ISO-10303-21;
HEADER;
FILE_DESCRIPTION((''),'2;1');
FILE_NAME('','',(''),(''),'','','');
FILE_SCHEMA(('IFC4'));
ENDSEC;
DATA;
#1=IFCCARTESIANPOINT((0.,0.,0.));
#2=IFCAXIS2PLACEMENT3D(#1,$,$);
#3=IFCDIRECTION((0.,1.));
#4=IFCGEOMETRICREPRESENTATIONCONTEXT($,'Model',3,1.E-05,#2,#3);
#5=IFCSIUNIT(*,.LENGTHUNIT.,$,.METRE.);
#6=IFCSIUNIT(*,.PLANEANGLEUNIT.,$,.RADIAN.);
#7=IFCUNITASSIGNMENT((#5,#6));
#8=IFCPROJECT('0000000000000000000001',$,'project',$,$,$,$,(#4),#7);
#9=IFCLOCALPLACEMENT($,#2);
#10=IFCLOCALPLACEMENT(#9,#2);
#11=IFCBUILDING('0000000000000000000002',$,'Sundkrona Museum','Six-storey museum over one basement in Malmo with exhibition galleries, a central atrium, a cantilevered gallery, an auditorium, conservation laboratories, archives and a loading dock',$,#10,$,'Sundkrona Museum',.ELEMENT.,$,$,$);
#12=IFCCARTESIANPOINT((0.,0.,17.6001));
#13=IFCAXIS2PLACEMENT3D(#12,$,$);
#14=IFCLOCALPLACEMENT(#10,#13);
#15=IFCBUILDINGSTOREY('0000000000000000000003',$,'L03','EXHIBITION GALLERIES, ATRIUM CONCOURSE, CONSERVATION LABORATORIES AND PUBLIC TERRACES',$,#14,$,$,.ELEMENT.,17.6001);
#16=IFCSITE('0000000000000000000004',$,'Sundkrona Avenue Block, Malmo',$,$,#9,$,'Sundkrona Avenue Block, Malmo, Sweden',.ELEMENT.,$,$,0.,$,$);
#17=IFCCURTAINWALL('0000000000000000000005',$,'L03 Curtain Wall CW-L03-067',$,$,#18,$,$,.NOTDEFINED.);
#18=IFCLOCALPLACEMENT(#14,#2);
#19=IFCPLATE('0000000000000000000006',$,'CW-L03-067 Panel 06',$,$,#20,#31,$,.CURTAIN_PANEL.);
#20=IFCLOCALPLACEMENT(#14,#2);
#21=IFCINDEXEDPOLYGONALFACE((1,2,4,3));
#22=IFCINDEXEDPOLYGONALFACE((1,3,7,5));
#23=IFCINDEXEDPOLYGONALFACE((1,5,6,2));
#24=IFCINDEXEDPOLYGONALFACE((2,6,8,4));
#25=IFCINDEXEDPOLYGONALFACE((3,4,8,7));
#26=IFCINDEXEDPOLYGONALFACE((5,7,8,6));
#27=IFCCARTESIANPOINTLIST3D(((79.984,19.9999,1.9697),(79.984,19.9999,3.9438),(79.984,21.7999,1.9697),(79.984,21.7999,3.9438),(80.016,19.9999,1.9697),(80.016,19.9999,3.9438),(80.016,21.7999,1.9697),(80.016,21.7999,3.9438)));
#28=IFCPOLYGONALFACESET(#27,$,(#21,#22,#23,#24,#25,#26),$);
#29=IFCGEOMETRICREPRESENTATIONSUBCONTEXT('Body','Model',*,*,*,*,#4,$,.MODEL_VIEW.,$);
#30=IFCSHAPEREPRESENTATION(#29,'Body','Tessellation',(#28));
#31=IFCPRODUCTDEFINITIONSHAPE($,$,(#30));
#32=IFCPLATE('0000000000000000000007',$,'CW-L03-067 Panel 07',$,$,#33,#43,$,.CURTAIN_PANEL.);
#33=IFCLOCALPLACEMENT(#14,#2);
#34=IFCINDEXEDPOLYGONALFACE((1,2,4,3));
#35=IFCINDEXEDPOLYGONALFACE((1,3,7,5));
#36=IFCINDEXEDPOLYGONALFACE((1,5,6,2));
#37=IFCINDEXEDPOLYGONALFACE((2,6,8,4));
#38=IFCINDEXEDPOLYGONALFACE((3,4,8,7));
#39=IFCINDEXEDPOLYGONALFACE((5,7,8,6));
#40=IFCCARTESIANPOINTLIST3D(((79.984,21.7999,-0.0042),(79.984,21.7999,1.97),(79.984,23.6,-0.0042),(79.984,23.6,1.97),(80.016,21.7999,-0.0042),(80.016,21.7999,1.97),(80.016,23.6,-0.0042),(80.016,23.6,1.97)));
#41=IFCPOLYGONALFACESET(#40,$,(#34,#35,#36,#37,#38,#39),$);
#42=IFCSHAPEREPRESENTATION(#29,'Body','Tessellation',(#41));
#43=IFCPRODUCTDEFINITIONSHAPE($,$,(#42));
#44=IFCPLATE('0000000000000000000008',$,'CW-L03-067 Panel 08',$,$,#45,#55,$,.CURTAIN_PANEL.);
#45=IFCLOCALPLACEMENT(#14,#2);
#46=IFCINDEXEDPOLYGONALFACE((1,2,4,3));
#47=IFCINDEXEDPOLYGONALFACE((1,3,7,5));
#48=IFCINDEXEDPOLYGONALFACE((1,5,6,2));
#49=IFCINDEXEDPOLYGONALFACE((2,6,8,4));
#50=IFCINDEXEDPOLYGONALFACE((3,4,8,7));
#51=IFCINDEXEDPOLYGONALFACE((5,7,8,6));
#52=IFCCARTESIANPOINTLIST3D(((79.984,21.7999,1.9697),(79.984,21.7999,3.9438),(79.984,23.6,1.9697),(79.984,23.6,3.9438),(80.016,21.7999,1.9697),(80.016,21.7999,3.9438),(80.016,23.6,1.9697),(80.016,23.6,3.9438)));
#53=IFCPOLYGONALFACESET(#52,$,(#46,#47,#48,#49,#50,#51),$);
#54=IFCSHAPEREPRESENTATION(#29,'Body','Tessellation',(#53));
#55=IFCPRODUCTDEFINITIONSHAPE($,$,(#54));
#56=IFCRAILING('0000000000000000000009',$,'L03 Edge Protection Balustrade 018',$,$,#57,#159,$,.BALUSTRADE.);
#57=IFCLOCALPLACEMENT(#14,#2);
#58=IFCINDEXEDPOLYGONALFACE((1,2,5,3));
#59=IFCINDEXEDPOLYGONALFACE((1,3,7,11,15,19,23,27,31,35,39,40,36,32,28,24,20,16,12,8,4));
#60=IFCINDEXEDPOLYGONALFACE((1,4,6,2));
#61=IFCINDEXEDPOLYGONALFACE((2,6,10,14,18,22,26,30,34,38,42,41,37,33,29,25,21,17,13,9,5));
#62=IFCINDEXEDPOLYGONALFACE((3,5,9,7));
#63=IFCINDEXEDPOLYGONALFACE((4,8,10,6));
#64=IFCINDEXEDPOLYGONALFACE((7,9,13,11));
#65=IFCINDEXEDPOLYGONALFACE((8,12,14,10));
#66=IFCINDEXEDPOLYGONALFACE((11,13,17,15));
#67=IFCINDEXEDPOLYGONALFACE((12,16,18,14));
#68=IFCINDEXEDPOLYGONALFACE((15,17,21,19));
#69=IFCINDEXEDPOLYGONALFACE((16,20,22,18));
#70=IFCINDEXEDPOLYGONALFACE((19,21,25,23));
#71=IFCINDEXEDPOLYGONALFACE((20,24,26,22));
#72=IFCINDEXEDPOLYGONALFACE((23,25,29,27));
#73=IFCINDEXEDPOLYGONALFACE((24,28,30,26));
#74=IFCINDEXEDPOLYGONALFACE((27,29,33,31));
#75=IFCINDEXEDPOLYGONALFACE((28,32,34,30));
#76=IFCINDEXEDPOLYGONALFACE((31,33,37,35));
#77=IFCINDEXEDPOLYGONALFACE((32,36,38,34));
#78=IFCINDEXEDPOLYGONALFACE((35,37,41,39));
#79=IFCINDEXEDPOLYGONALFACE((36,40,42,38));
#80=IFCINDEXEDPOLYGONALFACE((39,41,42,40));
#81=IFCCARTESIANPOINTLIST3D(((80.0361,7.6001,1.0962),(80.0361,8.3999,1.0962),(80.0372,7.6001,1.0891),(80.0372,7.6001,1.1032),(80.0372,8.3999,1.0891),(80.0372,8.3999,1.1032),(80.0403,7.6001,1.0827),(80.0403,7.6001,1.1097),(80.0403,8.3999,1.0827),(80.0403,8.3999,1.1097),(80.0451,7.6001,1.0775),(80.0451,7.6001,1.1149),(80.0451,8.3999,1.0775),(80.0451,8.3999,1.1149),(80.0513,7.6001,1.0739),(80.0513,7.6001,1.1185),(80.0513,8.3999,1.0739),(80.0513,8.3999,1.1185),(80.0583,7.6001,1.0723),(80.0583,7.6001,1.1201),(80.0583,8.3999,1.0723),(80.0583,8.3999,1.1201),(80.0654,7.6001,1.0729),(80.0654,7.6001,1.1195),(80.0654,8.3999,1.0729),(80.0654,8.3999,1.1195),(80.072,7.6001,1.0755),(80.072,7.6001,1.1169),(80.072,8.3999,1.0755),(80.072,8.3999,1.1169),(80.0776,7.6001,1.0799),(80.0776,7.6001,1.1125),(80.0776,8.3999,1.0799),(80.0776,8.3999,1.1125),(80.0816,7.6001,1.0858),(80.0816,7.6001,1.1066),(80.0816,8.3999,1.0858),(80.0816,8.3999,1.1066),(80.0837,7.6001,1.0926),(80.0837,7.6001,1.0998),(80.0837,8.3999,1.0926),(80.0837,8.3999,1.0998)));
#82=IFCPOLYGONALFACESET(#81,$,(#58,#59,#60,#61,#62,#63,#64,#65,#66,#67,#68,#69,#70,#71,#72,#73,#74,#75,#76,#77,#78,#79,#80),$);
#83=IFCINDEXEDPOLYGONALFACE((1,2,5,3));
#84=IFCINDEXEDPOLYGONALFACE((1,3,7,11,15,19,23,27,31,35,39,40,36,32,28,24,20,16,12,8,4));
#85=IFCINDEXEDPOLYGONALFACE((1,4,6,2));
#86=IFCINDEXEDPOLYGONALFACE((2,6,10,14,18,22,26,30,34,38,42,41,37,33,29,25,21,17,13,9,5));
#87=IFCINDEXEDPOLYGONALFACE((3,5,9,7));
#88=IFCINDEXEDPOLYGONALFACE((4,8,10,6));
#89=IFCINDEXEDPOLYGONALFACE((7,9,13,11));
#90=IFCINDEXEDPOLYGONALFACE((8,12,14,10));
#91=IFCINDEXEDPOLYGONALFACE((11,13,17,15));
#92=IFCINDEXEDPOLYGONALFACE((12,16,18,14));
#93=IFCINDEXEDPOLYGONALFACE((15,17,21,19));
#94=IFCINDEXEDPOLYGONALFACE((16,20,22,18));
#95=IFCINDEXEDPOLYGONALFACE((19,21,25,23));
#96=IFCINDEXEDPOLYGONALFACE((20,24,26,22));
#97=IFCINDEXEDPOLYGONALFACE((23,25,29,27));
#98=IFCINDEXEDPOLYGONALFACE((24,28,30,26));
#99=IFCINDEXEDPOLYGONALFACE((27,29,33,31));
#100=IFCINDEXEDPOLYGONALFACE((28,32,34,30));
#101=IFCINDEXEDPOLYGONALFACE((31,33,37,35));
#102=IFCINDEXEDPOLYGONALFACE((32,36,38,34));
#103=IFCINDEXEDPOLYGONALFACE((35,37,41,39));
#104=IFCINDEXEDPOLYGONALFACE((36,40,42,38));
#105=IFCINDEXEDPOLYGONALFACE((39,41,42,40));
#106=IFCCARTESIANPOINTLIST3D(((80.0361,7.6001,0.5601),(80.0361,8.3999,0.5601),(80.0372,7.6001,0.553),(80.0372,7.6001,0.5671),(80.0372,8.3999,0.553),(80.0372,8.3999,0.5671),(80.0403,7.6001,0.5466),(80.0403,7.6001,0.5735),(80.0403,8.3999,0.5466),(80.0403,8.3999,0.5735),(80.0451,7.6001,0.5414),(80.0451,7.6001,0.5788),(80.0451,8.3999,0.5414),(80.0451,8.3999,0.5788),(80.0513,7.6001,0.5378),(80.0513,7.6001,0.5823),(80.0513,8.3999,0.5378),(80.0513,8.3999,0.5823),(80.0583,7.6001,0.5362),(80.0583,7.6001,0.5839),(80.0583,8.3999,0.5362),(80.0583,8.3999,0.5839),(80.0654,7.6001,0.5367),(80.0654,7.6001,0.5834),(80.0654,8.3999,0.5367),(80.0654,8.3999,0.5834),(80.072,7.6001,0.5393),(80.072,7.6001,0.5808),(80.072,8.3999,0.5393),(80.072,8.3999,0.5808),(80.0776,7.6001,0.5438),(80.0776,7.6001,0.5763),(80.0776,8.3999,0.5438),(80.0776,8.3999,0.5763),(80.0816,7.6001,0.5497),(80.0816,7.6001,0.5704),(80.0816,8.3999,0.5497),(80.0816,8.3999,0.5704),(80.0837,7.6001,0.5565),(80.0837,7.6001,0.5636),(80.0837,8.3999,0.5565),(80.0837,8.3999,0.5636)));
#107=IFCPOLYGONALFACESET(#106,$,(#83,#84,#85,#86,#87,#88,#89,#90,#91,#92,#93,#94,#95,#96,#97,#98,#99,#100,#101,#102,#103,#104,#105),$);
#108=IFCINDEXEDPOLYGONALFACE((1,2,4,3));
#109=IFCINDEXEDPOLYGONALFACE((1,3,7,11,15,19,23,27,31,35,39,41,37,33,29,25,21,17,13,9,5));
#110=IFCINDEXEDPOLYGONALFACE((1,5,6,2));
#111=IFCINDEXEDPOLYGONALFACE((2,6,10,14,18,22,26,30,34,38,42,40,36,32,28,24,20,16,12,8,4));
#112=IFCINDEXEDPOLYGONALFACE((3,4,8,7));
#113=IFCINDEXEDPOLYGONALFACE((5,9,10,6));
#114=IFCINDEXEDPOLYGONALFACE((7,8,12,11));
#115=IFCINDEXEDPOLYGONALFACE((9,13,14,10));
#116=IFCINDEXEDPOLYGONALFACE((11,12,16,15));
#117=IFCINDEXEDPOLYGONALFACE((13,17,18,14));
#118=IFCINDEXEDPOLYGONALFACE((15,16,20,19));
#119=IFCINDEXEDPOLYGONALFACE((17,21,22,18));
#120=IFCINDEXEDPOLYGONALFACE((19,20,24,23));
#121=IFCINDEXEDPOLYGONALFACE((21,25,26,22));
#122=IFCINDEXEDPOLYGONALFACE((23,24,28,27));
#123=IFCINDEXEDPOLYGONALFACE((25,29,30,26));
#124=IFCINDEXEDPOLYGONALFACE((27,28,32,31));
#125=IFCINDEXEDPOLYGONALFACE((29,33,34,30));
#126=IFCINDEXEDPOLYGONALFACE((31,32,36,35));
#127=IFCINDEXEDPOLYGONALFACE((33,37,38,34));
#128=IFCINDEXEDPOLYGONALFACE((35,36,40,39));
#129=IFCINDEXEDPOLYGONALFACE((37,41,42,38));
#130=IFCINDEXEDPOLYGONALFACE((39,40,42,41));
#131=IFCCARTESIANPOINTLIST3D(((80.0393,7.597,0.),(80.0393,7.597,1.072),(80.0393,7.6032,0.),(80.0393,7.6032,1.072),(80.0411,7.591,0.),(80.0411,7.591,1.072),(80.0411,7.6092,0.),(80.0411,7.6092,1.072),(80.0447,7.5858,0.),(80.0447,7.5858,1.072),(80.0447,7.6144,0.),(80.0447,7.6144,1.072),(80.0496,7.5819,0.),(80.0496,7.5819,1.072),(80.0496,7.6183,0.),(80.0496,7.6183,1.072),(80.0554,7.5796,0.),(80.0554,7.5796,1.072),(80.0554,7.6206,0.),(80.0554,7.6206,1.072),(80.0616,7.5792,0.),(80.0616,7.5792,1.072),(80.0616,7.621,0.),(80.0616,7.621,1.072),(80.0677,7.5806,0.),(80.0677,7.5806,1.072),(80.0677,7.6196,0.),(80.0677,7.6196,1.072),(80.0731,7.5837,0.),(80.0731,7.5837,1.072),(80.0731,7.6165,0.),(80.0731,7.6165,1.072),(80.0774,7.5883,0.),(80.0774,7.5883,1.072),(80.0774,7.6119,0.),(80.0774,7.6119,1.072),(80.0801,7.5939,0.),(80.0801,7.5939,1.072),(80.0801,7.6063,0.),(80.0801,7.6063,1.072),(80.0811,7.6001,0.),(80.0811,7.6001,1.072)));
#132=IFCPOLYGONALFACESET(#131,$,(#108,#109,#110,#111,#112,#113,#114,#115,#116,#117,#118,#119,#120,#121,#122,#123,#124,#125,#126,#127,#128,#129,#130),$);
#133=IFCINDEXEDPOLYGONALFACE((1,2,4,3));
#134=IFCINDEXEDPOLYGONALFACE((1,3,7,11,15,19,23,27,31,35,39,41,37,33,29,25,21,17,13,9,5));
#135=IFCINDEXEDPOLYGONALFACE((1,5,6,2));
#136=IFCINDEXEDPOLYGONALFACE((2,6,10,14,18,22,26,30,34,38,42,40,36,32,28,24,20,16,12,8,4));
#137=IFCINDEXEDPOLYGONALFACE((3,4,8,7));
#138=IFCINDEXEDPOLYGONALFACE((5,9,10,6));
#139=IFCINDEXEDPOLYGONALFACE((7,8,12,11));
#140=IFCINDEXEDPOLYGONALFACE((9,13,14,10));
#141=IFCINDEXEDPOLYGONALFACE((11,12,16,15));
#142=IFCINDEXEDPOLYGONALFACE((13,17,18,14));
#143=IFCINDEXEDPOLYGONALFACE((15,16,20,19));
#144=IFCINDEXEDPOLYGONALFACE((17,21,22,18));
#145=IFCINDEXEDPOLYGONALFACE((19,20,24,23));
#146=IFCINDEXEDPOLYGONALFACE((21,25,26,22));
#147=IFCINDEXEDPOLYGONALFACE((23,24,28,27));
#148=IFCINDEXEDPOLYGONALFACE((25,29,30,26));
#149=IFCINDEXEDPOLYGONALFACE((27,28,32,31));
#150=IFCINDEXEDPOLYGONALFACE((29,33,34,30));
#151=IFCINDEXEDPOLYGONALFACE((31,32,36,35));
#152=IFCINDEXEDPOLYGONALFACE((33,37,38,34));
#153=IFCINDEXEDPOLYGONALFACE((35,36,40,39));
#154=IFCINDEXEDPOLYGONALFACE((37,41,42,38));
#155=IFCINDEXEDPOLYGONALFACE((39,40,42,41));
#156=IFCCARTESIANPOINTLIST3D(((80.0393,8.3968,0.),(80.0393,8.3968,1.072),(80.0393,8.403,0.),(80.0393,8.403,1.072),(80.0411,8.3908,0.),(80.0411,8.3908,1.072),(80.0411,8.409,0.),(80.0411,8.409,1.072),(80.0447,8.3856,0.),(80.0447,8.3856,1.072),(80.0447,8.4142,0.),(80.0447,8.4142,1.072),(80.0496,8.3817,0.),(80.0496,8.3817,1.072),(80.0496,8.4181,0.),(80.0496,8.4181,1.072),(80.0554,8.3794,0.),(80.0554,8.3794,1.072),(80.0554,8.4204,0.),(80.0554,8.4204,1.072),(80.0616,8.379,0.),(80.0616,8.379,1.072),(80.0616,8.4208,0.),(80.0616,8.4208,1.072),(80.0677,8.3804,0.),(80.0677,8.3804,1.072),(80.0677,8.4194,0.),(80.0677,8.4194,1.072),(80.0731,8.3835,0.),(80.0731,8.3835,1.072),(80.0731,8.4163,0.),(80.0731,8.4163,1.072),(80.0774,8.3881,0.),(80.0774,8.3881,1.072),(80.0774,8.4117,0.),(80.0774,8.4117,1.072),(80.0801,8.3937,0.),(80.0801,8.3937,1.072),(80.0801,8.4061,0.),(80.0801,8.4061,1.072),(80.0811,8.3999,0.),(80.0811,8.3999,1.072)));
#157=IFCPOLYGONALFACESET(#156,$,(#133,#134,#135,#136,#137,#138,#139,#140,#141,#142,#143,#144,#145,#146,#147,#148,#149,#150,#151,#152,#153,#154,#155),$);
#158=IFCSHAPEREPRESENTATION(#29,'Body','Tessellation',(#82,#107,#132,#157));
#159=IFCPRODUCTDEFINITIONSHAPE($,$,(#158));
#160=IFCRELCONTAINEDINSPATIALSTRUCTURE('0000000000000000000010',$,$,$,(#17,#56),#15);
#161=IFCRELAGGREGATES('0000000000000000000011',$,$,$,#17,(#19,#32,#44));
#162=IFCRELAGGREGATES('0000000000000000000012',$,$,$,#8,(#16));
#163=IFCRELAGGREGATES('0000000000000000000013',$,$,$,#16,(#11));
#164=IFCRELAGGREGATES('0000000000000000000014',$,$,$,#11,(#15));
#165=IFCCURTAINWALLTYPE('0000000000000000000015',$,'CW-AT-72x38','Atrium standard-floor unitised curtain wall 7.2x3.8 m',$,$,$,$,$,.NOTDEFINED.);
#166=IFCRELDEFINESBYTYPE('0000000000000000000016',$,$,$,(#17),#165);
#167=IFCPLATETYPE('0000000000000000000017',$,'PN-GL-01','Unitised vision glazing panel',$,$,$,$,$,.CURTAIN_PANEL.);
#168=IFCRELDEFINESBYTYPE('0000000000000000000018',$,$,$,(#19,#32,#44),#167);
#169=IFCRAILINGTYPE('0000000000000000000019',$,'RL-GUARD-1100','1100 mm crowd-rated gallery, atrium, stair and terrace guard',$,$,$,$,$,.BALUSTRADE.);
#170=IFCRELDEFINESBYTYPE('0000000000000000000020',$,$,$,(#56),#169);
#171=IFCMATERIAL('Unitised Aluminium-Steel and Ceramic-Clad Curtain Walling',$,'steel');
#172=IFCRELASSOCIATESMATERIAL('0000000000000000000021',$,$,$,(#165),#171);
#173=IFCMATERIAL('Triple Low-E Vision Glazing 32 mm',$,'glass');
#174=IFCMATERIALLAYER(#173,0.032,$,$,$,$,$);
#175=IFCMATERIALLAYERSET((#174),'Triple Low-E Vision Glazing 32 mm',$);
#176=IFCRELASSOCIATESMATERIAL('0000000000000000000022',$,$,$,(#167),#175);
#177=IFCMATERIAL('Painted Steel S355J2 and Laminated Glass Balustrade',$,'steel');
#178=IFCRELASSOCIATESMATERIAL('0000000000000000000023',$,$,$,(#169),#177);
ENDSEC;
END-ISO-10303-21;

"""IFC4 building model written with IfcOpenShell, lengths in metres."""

from ifc_helpers import new_model, si_unit, direction, frame, origin, origin_2d, place, context, subcontext, project, spatial, rectangle, circle, extrude, material, layer, layer_set, type_object, element, aggregate, save


model = new_model("IFC4")

# Units and contexts
model_context = context("Model", 3, precision=1e-05, world=origin(), true_north=direction((0.0, 1.0)))
body_context = subcontext(model_context, "Body", "Model", "MODEL_VIEW")
ifc_project = project(units=[si_unit("LENGTHUNIT", "METRE"), si_unit("PLANEANGLEUNIT", "RADIAN")], contexts=[model_context])

# Site, building, storey
site_placement = place(None, origin())
site = spatial("IfcSite", under=ifc_project, at=site_placement, Name="Sundkrona Avenue Block, Malmo", LongName="Sundkrona Avenue Block, Malmo, Sweden", CompositionType="ELEMENT", RefElevation=0.0)
building_placement = place(site_placement, origin())
building = spatial("IfcBuilding", under=site, at=building_placement, Name="Sundkrona Museum", Description="Six-storey museum over one basement in Malmo with exhibition galleries, a central atrium, a cantilevered gallery, an auditorium, conservation laboratories, archives and a loading dock", LongName="Sundkrona Museum", CompositionType="ELEMENT")
storey_placement = place(building_placement, frame((0.0, 0.0, 17.6001)))
storey = spatial("IfcBuildingStorey", under=building, at=storey_placement, Name="L03", Description="EXHIBITION GALLERIES, ATRIUM CONCOURSE, CONSERVATION LABORATORIES AND PUBLIC TERRACES", CompositionType="ELEMENT", Elevation=17.6001)

# Shared definitions
ifc_material_1 = material(Name="Unitised Aluminium-Steel and Ceramic-Clad Curtain Walling", Category="steel")
curtain_wall_type = type_object("IfcCurtainWallType", Name="CW-AT-72x38", Description="Atrium standard-floor unitised curtain wall 7.2x3.8 m", PredefinedType="NOTDEFINED", material=ifc_material_1)

# Curtain wall
curtain_wall_1_placement = place(storey_placement, origin())
curtain_wall_1 = element("IfcCurtainWall", 1, at=curtain_wall_1_placement, inside=storey, type_object=curtain_wall_type, Name="L03 Curtain Wall CW-L03-067", PredefinedType="NOTDEFINED")

# Plates
ifc_material_2 = material(Name="Triple Low-E Vision Glazing 32 mm", Category="glass")
ifc_layer = layer(ifc_material_2, 0.032)
ifc_layer_set = layer_set([ifc_layer], Name="Triple Low-E Vision Glazing 32 mm")
plate_type = type_object("IfcPlateType", Name="PN-GL-01", Description="Unitised vision glazing panel", PredefinedType="CURTAIN_PANEL", material=ifc_layer_set)
plate_1_placement = place(storey_placement, frame((80.0, 20.8999, 1.9697), z_axis=(0.0, 0.0, 1.0), x_axis=(0.0, 1.0, 0.0)))
plate_1 = element("IfcPlate", 2, at=plate_1_placement, type_object=plate_type, Name="CW-L03-067 Panel 06", PredefinedType="CURTAIN_PANEL", context=body_context, shape_type="SweptSolid", body=[
    extrude(rectangle(XDim=1.8, YDim=0.032, at=origin_2d()), origin(), (0.0, 0.0, 1.0), 1.9741),
])
plate_2_placement = place(storey_placement, frame((80.0, 22.7, -0.0042), z_axis=(0.0, 0.0, 1.0), x_axis=(0.0, 1.0, 0.0)))
plate_2 = element("IfcPlate", 3, at=plate_2_placement, type_object=plate_type, Name="CW-L03-067 Panel 07", PredefinedType="CURTAIN_PANEL", context=body_context, shape_type="SweptSolid", body=[
    extrude(rectangle(XDim=1.8, YDim=0.032, at=origin_2d()), origin(), (0.0, 0.0, 1.0), 1.9741),
])
plate_3_placement = place(storey_placement, frame((80.0, 22.7, 1.9697), z_axis=(0.0, 0.0, 1.0), x_axis=(0.0, 1.0, 0.0)))
plate_3 = element("IfcPlate", 4, at=plate_3_placement, type_object=plate_type, Name="CW-L03-067 Panel 08", PredefinedType="CURTAIN_PANEL", context=body_context, shape_type="SweptSolid", body=[
    extrude(rectangle(XDim=1.8, YDim=0.032, at=origin_2d()), origin(), (0.0, 0.0, 1.0), 1.9741),
])
aggregate(curtain_wall_1, [plate_1, plate_2, plate_3])

# Railing
ifc_material_3 = material(Name="Painted Steel S355J2 and Laminated Glass Balustrade", Category="steel")
railing_type = type_object("IfcRailingType", Name="RL-GUARD-1100", Description="1100 mm crowd-rated gallery, atrium, stair and terrace guard", PredefinedType="BALUSTRADE", material=ifc_material_3)
for number, where, name in (
    (5, (80.0601, 7.6001, 0.0), "L03 Edge Protection Balustrade 018"),
):
    element("IfcRailing", number, at=place(storey_placement, frame(where)), inside=storey, type_object=railing_type, Name=name, PredefinedType="BALUSTRADE", context=body_context, shape_type="SweptSolid", body=[
        extrude(circle(Radius=0.0239, at=origin_2d()), frame((0.0, 0.0, 1.0962), z_axis=(0.0, 1.0, 0.0), x_axis=(-1.0, 0.0, 0.0)), (0.0, 0.0, 1.0), 0.7998),
        extrude(circle(Radius=0.0239, at=origin_2d()), frame((0.0, 0.0, 0.5601), z_axis=(0.0, 1.0, 0.0), x_axis=(-1.0, 0.0, 0.0)), (0.0, 0.0, 1.0), 0.7998),
        extrude(circle(Radius=0.021, at=origin_2d()), origin(), (0.0, 0.0, 1.0), 1.072),
        extrude(circle(Radius=0.021, at=origin_2d()), frame((0.0, 0.7998, 0.0)), (0.0, 0.0, 1.0), 1.072),
    ])

save(model, "model.ifc")
